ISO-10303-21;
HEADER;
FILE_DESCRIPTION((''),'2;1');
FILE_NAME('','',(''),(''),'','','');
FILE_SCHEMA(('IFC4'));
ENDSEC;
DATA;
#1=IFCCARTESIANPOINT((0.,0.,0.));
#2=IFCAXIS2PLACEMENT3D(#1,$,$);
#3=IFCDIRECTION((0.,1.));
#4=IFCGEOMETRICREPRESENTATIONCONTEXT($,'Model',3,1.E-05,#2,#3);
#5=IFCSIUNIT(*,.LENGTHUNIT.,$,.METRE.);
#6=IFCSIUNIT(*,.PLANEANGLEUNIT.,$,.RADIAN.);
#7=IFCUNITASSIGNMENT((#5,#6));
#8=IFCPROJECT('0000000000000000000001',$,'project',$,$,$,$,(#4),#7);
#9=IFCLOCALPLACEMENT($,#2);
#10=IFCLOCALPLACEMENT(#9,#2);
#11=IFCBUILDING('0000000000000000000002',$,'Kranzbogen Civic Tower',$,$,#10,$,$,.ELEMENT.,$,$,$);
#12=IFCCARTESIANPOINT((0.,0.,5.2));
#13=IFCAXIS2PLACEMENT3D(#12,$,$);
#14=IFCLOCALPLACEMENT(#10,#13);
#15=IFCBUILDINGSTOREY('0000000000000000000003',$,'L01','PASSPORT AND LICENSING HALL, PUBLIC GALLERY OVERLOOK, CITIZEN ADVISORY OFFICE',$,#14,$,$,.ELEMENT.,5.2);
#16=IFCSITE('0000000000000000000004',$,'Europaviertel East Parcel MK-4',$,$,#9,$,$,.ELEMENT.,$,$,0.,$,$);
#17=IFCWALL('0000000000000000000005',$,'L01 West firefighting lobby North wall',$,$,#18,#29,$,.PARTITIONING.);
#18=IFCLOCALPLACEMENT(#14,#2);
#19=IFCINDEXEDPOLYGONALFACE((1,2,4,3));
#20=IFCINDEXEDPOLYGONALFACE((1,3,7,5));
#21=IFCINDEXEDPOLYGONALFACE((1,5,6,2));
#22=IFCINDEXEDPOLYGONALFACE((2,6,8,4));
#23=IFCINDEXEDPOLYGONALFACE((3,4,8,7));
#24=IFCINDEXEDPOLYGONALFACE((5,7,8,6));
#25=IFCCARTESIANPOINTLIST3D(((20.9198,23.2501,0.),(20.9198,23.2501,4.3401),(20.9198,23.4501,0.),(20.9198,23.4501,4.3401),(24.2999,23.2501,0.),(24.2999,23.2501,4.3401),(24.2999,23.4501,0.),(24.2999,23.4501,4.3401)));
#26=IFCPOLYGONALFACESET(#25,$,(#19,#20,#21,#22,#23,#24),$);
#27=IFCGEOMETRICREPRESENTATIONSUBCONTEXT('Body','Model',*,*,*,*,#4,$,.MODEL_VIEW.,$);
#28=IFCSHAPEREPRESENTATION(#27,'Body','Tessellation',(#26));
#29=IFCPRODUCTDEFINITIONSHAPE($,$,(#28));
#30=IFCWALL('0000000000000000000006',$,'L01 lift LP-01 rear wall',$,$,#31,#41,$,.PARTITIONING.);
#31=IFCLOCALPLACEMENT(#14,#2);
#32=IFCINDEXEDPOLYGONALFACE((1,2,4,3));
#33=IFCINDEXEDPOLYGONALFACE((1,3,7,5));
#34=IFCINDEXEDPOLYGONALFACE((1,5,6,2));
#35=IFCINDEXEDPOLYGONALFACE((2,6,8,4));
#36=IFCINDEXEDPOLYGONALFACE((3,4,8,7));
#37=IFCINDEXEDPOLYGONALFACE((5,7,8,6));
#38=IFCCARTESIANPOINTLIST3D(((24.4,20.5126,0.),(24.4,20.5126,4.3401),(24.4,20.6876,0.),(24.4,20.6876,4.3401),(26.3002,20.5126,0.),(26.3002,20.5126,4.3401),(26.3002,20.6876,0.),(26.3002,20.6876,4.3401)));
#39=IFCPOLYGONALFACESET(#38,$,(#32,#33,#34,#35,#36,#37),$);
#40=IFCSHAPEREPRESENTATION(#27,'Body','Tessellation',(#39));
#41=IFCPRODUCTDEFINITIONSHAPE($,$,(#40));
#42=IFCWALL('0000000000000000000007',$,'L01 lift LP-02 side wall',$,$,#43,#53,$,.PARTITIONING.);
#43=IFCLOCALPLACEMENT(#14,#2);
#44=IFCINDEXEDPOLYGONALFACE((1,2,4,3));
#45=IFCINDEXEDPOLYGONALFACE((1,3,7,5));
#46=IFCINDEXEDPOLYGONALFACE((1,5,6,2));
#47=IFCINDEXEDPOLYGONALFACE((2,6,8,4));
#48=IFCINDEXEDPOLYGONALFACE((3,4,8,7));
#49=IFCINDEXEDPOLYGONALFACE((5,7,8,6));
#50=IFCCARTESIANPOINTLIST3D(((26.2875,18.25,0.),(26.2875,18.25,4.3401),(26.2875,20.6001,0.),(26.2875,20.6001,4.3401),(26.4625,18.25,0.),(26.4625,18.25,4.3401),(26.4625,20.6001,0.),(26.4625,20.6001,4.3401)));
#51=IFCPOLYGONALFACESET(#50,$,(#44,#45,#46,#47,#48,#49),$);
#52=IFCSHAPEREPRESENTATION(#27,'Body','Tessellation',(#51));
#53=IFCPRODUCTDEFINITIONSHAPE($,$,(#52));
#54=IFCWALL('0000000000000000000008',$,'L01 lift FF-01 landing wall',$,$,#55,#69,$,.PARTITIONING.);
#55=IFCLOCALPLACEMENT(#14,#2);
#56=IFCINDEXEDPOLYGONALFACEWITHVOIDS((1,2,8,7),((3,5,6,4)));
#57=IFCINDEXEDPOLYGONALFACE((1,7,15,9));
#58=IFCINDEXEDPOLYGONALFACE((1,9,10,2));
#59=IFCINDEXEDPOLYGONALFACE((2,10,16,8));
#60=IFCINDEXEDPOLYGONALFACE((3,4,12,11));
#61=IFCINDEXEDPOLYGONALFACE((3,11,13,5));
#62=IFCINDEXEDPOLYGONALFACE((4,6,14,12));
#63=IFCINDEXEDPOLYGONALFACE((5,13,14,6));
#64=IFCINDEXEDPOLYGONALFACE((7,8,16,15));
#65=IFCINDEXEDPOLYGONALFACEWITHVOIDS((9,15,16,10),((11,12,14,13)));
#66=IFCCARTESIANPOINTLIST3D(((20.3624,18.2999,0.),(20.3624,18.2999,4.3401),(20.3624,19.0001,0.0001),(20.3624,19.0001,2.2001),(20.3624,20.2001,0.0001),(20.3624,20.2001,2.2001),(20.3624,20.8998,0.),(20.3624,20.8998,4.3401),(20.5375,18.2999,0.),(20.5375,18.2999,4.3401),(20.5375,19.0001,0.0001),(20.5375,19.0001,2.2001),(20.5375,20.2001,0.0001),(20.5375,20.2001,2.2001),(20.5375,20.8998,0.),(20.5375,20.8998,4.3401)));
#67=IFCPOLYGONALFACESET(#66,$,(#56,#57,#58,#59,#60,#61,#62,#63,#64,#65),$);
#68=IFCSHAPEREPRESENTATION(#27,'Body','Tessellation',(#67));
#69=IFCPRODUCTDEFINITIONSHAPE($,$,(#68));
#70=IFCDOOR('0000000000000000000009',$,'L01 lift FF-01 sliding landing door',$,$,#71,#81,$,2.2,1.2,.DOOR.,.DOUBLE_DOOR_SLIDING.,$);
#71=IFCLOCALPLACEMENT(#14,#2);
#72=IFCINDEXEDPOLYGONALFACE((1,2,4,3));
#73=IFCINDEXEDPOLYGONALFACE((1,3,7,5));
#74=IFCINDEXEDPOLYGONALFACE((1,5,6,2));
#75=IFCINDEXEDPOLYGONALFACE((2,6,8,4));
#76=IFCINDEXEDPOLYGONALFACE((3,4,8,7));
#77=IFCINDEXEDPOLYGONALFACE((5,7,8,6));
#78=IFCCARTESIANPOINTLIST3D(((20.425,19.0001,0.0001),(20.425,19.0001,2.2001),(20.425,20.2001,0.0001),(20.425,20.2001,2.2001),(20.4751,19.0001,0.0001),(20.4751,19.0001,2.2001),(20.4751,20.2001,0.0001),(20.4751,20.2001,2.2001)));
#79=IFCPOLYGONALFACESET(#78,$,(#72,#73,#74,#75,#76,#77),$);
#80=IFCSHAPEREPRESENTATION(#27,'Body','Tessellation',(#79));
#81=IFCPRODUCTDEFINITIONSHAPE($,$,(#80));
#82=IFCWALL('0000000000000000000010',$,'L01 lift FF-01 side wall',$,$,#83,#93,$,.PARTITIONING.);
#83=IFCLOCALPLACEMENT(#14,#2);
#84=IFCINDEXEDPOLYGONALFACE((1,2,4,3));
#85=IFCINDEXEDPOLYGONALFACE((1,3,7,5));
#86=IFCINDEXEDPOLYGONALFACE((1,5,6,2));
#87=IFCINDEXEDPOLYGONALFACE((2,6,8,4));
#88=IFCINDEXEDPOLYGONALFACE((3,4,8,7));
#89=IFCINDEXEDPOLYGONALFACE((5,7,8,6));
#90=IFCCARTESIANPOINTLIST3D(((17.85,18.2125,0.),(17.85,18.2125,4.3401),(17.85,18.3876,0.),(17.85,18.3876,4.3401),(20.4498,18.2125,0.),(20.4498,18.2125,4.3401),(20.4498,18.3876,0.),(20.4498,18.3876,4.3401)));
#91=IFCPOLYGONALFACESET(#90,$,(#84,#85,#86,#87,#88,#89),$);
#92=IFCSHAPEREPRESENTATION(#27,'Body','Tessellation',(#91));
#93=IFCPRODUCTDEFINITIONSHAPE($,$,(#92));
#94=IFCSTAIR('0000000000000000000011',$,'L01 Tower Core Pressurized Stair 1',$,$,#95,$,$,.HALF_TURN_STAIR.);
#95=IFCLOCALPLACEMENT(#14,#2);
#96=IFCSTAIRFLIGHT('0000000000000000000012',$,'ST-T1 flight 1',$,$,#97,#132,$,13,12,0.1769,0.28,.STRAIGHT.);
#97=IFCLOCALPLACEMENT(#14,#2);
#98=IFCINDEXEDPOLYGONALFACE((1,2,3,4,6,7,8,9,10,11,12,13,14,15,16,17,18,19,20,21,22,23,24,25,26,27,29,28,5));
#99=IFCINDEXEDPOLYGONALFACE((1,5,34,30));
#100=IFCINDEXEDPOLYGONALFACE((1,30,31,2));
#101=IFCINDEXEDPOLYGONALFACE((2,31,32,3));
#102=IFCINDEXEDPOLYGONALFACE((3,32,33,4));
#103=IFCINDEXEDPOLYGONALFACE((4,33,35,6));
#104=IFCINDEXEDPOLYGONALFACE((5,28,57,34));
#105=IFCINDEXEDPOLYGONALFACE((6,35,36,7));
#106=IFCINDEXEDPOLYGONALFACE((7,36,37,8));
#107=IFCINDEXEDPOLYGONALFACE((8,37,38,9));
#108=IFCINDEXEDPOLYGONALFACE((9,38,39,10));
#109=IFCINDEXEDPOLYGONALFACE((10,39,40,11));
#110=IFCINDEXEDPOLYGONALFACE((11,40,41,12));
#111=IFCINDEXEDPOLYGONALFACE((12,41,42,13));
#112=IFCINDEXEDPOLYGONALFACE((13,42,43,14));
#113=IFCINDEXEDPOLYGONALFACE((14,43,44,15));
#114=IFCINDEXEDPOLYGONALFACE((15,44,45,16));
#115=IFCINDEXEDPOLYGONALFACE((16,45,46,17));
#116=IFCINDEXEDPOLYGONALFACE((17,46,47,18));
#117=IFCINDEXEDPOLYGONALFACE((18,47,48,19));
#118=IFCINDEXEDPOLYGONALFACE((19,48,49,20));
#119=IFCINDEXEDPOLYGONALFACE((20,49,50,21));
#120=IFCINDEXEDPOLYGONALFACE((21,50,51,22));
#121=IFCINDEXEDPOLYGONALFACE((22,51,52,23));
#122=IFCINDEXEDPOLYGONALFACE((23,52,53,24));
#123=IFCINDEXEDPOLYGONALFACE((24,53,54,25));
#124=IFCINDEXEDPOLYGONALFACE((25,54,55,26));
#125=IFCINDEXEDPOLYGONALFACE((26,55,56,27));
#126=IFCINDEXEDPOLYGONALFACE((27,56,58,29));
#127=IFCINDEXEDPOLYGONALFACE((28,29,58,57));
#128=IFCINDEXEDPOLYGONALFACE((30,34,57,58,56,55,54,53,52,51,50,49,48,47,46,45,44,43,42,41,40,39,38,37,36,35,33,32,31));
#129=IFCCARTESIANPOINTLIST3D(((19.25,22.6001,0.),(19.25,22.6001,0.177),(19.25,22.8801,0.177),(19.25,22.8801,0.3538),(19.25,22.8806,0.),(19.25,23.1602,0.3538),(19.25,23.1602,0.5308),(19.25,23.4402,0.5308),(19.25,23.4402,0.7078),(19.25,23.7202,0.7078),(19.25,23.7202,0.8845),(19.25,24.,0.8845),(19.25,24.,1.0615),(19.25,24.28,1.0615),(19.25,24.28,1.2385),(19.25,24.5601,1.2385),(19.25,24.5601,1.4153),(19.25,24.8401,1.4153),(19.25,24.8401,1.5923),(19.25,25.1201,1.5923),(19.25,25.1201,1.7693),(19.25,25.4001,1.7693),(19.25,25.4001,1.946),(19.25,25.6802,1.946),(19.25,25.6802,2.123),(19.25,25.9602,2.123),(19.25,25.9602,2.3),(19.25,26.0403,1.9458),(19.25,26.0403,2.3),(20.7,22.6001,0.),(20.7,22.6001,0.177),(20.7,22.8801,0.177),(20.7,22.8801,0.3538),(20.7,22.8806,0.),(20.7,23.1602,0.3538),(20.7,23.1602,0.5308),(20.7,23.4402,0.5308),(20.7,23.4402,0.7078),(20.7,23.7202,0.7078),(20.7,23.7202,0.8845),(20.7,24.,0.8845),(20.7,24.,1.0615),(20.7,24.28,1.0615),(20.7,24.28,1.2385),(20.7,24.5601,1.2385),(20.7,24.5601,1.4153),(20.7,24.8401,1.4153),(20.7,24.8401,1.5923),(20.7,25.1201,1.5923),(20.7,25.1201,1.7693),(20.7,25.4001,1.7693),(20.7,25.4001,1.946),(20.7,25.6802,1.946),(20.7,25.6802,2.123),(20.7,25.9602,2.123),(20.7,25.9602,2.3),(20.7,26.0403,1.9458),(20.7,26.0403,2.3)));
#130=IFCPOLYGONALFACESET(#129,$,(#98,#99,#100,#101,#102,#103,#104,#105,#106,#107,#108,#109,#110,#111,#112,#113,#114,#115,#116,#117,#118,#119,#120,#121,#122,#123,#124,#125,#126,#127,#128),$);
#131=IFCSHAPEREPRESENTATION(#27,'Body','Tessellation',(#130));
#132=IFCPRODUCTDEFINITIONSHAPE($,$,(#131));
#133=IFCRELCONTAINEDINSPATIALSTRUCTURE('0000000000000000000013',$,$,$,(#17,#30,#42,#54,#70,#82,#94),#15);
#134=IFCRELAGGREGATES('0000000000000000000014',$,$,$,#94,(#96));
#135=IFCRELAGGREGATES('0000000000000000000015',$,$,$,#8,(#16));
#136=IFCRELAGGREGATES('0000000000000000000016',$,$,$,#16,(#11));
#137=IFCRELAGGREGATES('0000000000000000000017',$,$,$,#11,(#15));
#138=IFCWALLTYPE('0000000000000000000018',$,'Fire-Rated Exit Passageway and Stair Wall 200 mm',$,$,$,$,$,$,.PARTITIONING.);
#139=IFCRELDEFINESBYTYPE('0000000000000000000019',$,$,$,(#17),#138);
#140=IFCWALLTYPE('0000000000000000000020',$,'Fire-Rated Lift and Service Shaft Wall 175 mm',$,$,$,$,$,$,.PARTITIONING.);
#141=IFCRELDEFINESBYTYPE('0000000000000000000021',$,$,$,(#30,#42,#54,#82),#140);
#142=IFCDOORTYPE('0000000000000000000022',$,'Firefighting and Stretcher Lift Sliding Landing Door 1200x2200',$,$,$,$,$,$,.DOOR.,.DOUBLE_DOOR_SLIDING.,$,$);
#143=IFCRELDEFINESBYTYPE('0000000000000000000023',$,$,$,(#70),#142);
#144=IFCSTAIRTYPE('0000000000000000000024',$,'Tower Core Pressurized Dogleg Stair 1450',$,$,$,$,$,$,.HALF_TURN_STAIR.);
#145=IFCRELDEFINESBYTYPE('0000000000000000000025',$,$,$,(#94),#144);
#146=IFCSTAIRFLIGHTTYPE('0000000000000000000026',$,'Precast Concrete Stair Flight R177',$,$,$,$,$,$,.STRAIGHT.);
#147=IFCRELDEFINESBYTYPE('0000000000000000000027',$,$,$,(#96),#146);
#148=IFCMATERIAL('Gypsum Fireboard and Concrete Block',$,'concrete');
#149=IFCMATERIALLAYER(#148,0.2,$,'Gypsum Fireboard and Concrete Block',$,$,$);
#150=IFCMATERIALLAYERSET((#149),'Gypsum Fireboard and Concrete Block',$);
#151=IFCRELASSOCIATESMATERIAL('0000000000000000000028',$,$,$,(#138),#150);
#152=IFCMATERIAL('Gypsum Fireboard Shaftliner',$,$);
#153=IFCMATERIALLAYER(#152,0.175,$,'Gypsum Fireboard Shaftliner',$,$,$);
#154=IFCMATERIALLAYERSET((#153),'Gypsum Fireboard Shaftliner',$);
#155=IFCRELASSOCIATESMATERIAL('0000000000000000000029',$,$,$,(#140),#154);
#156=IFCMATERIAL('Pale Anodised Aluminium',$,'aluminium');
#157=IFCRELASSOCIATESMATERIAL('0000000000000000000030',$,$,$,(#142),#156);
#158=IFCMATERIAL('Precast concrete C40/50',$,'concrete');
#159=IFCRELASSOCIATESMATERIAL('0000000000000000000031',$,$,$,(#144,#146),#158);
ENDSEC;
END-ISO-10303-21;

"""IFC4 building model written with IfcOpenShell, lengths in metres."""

from ifc_helpers import new_model, si_unit, direction, frame, frame_2d, origin, place, context, subcontext, project, spatial, polyline, rectangle, outline, extrude, material, layer, layer_set, type_object, element, fill, aggregate, save


model = new_model("IFC4")

# Units and contexts
model_context = context("Model", 3, precision=1e-05, world=origin(), true_north=direction((0.0, 1.0)))
body_context = subcontext(model_context, "Body", "Model", "MODEL_VIEW")
ifc_project = project(units=[si_unit("LENGTHUNIT", "METRE"), si_unit("PLANEANGLEUNIT", "RADIAN")], contexts=[model_context])

# Site, building, storey
site_placement = place(None, origin())
site = spatial("IfcSite", under=ifc_project, at=site_placement, Name="Europaviertel East Parcel MK-4", CompositionType="ELEMENT", RefElevation=0.0)
building_placement = place(site_placement, origin())
building = spatial("IfcBuilding", under=site, at=building_placement, Name="Kranzbogen Civic Tower", CompositionType="ELEMENT")
storey_placement = place(building_placement, frame((0.0, 0.0, 5.2)))
storey = spatial("IfcBuildingStorey", under=building, at=storey_placement, Name="L01", Description="PASSPORT AND LICENSING HALL, PUBLIC GALLERY OVERLOOK, CITIZEN ADVISORY OFFICE", CompositionType="ELEMENT", Elevation=5.2)

# Shared definitions
ifc_material_1 = material(Name="Pale Anodised Aluminium", Category="aluminium")

# Walls
ifc_material_2 = material(Name="Gypsum Fireboard and Concrete Block", Category="concrete")
ifc_layer_1 = layer(ifc_material_2, 0.2, Name="Gypsum Fireboard and Concrete Block")
ifc_layer_set_1 = layer_set([ifc_layer_1], Name="Gypsum Fireboard and Concrete Block")
wall_type_1 = type_object("IfcWallType", Name="Fire-Rated Exit Passageway and Stair Wall 200 mm", PredefinedType="PARTITIONING", material=ifc_layer_set_1)
wall_1_placement = place(storey_placement, frame((20.9199, 23.3501, 0.0), z_axis=(0.0, 0.0, 1.0), x_axis=(1.0, 0.0, 0.0)))
element("IfcWall", 1, at=wall_1_placement, inside=storey, type_object=wall_type_1, Name="L01 West firefighting lobby North wall", PredefinedType="PARTITIONING", context=body_context, shape_type="SweptSolid", body=[
    extrude(rectangle(XDim=3.3801, YDim=0.2, at=frame_2d((1.6899, 0.0))), origin(), (0.0, 0.0, 1.0), 4.3401),
])
ifc_material_3 = material(Name="Gypsum Fireboard Shaftliner")
ifc_layer_2 = layer(ifc_material_3, 0.175, Name="Gypsum Fireboard Shaftliner")
ifc_layer_set_2 = layer_set([ifc_layer_2], Name="Gypsum Fireboard Shaftliner")
wall_type_2 = type_object("IfcWallType", Name="Fire-Rated Lift and Service Shaft Wall 175 mm", PredefinedType="PARTITIONING", material=ifc_layer_set_2)
wall_2_placement = place(storey_placement, frame((24.3999, 20.6001, 0.0), z_axis=(0.0, 0.0, 1.0), x_axis=(1.0, 0.0, 0.0)))
element("IfcWall", 2, at=wall_2_placement, inside=storey, type_object=wall_type_2, Name="L01 lift LP-01 rear wall", PredefinedType="PARTITIONING", context=body_context, shape_type="SweptSolid", body=[
    extrude(rectangle(XDim=1.9001, YDim=0.175, at=frame_2d((0.9502, 0.0))), origin(), (0.0, 0.0, 1.0), 4.3401),
])
wall_3_placement = place(storey_placement, frame((26.375, 18.25, 0.0), z_axis=(0.0, 0.0, 1.0), x_axis=(0.0, 1.0, 0.0)))
element("IfcWall", 3, at=wall_3_placement, inside=storey, type_object=wall_type_2, Name="L01 lift LP-02 side wall", PredefinedType="PARTITIONING", context=body_context, shape_type="SweptSolid", body=[
    extrude(rectangle(XDim=2.3501, YDim=0.175, at=frame_2d((1.175, 0.0))), origin(), (0.0, 0.0, 1.0), 4.3401),
])

# Wall, opening, door
wall_4_placement = place(storey_placement, frame((20.45, 18.3, 0.0), z_axis=(0.0, 0.0, 1.0), x_axis=(0.0, 1.0, 0.0)))
wall_4 = element("IfcWall", 4, at=wall_4_placement, inside=storey, type_object=wall_type_2, Name="L01 lift FF-01 landing wall", PredefinedType="PARTITIONING", context=body_context, shape_type="SweptSolid", body=[
    extrude(rectangle(XDim=2.5999, YDim=0.175, at=frame_2d((1.2998, 0.0))), origin(), (0.0, 0.0, 1.0), 4.3401),
])
opening_1_placement = place(wall_4_placement, frame((0.7, 0.0, 0.0)))
opening_1 = element("IfcOpeningElement", 5, at=opening_1_placement, cuts=wall_4, PredefinedType="OPENING", context=body_context, shape_type="SweptSolid", body=[
    extrude(rectangle(XDim=1.2, YDim=2.2, at=frame_2d((0.6001, 1.1001))), frame((0.0, 0.0977, 0.0), z_axis=(0.0, -1.0, 0.0), x_axis=(1.0, 0.0, 0.0)), (0.0, 0.0, 1.0), 0.1951),
])
door_type_1 = type_object("IfcDoorType", Name="Firefighting and Stretcher Lift Sliding Landing Door 1200x2200", OperationType="DOUBLE_DOOR_SLIDING", PredefinedType="DOOR", material=ifc_material_1)
door_1_placement = place(opening_1_placement, origin())
door_1 = element("IfcDoor", 6, at=door_1_placement, inside=storey, type_object=door_type_1, Name="L01 lift FF-01 sliding landing door", OperationType="DOUBLE_DOOR_SLIDING", OverallHeight=2.2, OverallWidth=1.2, PredefinedType="DOOR", context=body_context, shape_type="SweptSolid", body=[
    extrude(rectangle(XDim=1.2, YDim=2.2, at=frame_2d((0.6001, 1.1001))), frame((0.0, 0.0249, 0.0), z_axis=(0.0, -1.0, 0.0), x_axis=(1.0, 0.0, 0.0)), (0.0, 0.0, 1.0), 0.05),
])
fill(opening_1, door_1)

# Wall
wall_5_placement = place(storey_placement, frame((17.8501, 18.3, 0.0), z_axis=(0.0, 0.0, 1.0), x_axis=(1.0, 0.0, 0.0)))
element("IfcWall", 7, at=wall_5_placement, inside=storey, type_object=wall_type_2, Name="L01 lift FF-01 side wall", PredefinedType="PARTITIONING", context=body_context, shape_type="SweptSolid", body=[
    extrude(rectangle(XDim=2.5999, YDim=0.175, at=frame_2d((1.2998, 0.0))), origin(), (0.0, 0.0, 1.0), 4.3401),
])

# Stair, stair flight
ifc_material_4 = material(Name="Precast concrete C40/50", Category="concrete")
stair_type = type_object("IfcStairType", Name="Tower Core Pressurized Dogleg Stair 1450", PredefinedType="HALF_TURN_STAIR", material=ifc_material_4)
stair_placement = place(storey_placement, origin())
stair = element("IfcStair", 8, at=stair_placement, inside=storey, type_object=stair_type, Name="L01 Tower Core Pressurized Stair 1", PredefinedType="HALF_TURN_STAIR")
stair_flight_type = type_object("IfcStairFlightType", Name="Precast Concrete Stair Flight R177", PredefinedType="STRAIGHT", material=ifc_material_4)
stair_flight_placement = place(storey_placement, frame((19.9751, 22.6001, 0.0), z_axis=(0.0, 0.0, 1.0), x_axis=(0.0, 1.0, 0.0)))
stair_flight = element("IfcStairFlight", 9, at=stair_flight_placement, type_object=stair_flight_type, Name="ST-T1 flight 1", NumberOfRisers=13, NumberOfTreads=12, PredefinedType="STRAIGHT", RiserHeight=0.1769, TreadLength=0.28, context=body_context, shape_type="SweptSolid", body=[
    extrude(outline(polyline([(0.0, 0.0), (0.0, 0.177), (0.28, 0.177), (0.28, 0.3538), (0.5601, 0.3538), (0.5601, 0.5308), (0.8401, 0.5308), (0.8401, 0.7078), (1.1201, 0.7078), (1.1201, 0.8845), (1.3999, 0.8845), (1.3999, 1.0615), (1.6799, 1.0615), (1.6799, 1.2385), (1.96, 1.2385), (1.96, 1.4153), (2.24, 1.4153), (2.24, 1.5923), (2.52, 1.5923), (2.52, 1.7693), (2.8, 1.7693), (2.8, 1.946), (3.0801, 1.946), (3.0801, 2.123), (3.3601, 2.123), (3.3601, 2.3), (3.4402, 2.3), (3.4402, 1.9458), (0.2805, 0.0), (0.0, 0.0)])), frame((0.0, 0.7251, 0.0), z_axis=(0.0, -1.0, 0.0), x_axis=(1.0, 0.0, 0.0)), (0.0, 0.0, 1.0), 1.45),
])
aggregate(stair, [stair_flight])

save(model, "model.ifc")
